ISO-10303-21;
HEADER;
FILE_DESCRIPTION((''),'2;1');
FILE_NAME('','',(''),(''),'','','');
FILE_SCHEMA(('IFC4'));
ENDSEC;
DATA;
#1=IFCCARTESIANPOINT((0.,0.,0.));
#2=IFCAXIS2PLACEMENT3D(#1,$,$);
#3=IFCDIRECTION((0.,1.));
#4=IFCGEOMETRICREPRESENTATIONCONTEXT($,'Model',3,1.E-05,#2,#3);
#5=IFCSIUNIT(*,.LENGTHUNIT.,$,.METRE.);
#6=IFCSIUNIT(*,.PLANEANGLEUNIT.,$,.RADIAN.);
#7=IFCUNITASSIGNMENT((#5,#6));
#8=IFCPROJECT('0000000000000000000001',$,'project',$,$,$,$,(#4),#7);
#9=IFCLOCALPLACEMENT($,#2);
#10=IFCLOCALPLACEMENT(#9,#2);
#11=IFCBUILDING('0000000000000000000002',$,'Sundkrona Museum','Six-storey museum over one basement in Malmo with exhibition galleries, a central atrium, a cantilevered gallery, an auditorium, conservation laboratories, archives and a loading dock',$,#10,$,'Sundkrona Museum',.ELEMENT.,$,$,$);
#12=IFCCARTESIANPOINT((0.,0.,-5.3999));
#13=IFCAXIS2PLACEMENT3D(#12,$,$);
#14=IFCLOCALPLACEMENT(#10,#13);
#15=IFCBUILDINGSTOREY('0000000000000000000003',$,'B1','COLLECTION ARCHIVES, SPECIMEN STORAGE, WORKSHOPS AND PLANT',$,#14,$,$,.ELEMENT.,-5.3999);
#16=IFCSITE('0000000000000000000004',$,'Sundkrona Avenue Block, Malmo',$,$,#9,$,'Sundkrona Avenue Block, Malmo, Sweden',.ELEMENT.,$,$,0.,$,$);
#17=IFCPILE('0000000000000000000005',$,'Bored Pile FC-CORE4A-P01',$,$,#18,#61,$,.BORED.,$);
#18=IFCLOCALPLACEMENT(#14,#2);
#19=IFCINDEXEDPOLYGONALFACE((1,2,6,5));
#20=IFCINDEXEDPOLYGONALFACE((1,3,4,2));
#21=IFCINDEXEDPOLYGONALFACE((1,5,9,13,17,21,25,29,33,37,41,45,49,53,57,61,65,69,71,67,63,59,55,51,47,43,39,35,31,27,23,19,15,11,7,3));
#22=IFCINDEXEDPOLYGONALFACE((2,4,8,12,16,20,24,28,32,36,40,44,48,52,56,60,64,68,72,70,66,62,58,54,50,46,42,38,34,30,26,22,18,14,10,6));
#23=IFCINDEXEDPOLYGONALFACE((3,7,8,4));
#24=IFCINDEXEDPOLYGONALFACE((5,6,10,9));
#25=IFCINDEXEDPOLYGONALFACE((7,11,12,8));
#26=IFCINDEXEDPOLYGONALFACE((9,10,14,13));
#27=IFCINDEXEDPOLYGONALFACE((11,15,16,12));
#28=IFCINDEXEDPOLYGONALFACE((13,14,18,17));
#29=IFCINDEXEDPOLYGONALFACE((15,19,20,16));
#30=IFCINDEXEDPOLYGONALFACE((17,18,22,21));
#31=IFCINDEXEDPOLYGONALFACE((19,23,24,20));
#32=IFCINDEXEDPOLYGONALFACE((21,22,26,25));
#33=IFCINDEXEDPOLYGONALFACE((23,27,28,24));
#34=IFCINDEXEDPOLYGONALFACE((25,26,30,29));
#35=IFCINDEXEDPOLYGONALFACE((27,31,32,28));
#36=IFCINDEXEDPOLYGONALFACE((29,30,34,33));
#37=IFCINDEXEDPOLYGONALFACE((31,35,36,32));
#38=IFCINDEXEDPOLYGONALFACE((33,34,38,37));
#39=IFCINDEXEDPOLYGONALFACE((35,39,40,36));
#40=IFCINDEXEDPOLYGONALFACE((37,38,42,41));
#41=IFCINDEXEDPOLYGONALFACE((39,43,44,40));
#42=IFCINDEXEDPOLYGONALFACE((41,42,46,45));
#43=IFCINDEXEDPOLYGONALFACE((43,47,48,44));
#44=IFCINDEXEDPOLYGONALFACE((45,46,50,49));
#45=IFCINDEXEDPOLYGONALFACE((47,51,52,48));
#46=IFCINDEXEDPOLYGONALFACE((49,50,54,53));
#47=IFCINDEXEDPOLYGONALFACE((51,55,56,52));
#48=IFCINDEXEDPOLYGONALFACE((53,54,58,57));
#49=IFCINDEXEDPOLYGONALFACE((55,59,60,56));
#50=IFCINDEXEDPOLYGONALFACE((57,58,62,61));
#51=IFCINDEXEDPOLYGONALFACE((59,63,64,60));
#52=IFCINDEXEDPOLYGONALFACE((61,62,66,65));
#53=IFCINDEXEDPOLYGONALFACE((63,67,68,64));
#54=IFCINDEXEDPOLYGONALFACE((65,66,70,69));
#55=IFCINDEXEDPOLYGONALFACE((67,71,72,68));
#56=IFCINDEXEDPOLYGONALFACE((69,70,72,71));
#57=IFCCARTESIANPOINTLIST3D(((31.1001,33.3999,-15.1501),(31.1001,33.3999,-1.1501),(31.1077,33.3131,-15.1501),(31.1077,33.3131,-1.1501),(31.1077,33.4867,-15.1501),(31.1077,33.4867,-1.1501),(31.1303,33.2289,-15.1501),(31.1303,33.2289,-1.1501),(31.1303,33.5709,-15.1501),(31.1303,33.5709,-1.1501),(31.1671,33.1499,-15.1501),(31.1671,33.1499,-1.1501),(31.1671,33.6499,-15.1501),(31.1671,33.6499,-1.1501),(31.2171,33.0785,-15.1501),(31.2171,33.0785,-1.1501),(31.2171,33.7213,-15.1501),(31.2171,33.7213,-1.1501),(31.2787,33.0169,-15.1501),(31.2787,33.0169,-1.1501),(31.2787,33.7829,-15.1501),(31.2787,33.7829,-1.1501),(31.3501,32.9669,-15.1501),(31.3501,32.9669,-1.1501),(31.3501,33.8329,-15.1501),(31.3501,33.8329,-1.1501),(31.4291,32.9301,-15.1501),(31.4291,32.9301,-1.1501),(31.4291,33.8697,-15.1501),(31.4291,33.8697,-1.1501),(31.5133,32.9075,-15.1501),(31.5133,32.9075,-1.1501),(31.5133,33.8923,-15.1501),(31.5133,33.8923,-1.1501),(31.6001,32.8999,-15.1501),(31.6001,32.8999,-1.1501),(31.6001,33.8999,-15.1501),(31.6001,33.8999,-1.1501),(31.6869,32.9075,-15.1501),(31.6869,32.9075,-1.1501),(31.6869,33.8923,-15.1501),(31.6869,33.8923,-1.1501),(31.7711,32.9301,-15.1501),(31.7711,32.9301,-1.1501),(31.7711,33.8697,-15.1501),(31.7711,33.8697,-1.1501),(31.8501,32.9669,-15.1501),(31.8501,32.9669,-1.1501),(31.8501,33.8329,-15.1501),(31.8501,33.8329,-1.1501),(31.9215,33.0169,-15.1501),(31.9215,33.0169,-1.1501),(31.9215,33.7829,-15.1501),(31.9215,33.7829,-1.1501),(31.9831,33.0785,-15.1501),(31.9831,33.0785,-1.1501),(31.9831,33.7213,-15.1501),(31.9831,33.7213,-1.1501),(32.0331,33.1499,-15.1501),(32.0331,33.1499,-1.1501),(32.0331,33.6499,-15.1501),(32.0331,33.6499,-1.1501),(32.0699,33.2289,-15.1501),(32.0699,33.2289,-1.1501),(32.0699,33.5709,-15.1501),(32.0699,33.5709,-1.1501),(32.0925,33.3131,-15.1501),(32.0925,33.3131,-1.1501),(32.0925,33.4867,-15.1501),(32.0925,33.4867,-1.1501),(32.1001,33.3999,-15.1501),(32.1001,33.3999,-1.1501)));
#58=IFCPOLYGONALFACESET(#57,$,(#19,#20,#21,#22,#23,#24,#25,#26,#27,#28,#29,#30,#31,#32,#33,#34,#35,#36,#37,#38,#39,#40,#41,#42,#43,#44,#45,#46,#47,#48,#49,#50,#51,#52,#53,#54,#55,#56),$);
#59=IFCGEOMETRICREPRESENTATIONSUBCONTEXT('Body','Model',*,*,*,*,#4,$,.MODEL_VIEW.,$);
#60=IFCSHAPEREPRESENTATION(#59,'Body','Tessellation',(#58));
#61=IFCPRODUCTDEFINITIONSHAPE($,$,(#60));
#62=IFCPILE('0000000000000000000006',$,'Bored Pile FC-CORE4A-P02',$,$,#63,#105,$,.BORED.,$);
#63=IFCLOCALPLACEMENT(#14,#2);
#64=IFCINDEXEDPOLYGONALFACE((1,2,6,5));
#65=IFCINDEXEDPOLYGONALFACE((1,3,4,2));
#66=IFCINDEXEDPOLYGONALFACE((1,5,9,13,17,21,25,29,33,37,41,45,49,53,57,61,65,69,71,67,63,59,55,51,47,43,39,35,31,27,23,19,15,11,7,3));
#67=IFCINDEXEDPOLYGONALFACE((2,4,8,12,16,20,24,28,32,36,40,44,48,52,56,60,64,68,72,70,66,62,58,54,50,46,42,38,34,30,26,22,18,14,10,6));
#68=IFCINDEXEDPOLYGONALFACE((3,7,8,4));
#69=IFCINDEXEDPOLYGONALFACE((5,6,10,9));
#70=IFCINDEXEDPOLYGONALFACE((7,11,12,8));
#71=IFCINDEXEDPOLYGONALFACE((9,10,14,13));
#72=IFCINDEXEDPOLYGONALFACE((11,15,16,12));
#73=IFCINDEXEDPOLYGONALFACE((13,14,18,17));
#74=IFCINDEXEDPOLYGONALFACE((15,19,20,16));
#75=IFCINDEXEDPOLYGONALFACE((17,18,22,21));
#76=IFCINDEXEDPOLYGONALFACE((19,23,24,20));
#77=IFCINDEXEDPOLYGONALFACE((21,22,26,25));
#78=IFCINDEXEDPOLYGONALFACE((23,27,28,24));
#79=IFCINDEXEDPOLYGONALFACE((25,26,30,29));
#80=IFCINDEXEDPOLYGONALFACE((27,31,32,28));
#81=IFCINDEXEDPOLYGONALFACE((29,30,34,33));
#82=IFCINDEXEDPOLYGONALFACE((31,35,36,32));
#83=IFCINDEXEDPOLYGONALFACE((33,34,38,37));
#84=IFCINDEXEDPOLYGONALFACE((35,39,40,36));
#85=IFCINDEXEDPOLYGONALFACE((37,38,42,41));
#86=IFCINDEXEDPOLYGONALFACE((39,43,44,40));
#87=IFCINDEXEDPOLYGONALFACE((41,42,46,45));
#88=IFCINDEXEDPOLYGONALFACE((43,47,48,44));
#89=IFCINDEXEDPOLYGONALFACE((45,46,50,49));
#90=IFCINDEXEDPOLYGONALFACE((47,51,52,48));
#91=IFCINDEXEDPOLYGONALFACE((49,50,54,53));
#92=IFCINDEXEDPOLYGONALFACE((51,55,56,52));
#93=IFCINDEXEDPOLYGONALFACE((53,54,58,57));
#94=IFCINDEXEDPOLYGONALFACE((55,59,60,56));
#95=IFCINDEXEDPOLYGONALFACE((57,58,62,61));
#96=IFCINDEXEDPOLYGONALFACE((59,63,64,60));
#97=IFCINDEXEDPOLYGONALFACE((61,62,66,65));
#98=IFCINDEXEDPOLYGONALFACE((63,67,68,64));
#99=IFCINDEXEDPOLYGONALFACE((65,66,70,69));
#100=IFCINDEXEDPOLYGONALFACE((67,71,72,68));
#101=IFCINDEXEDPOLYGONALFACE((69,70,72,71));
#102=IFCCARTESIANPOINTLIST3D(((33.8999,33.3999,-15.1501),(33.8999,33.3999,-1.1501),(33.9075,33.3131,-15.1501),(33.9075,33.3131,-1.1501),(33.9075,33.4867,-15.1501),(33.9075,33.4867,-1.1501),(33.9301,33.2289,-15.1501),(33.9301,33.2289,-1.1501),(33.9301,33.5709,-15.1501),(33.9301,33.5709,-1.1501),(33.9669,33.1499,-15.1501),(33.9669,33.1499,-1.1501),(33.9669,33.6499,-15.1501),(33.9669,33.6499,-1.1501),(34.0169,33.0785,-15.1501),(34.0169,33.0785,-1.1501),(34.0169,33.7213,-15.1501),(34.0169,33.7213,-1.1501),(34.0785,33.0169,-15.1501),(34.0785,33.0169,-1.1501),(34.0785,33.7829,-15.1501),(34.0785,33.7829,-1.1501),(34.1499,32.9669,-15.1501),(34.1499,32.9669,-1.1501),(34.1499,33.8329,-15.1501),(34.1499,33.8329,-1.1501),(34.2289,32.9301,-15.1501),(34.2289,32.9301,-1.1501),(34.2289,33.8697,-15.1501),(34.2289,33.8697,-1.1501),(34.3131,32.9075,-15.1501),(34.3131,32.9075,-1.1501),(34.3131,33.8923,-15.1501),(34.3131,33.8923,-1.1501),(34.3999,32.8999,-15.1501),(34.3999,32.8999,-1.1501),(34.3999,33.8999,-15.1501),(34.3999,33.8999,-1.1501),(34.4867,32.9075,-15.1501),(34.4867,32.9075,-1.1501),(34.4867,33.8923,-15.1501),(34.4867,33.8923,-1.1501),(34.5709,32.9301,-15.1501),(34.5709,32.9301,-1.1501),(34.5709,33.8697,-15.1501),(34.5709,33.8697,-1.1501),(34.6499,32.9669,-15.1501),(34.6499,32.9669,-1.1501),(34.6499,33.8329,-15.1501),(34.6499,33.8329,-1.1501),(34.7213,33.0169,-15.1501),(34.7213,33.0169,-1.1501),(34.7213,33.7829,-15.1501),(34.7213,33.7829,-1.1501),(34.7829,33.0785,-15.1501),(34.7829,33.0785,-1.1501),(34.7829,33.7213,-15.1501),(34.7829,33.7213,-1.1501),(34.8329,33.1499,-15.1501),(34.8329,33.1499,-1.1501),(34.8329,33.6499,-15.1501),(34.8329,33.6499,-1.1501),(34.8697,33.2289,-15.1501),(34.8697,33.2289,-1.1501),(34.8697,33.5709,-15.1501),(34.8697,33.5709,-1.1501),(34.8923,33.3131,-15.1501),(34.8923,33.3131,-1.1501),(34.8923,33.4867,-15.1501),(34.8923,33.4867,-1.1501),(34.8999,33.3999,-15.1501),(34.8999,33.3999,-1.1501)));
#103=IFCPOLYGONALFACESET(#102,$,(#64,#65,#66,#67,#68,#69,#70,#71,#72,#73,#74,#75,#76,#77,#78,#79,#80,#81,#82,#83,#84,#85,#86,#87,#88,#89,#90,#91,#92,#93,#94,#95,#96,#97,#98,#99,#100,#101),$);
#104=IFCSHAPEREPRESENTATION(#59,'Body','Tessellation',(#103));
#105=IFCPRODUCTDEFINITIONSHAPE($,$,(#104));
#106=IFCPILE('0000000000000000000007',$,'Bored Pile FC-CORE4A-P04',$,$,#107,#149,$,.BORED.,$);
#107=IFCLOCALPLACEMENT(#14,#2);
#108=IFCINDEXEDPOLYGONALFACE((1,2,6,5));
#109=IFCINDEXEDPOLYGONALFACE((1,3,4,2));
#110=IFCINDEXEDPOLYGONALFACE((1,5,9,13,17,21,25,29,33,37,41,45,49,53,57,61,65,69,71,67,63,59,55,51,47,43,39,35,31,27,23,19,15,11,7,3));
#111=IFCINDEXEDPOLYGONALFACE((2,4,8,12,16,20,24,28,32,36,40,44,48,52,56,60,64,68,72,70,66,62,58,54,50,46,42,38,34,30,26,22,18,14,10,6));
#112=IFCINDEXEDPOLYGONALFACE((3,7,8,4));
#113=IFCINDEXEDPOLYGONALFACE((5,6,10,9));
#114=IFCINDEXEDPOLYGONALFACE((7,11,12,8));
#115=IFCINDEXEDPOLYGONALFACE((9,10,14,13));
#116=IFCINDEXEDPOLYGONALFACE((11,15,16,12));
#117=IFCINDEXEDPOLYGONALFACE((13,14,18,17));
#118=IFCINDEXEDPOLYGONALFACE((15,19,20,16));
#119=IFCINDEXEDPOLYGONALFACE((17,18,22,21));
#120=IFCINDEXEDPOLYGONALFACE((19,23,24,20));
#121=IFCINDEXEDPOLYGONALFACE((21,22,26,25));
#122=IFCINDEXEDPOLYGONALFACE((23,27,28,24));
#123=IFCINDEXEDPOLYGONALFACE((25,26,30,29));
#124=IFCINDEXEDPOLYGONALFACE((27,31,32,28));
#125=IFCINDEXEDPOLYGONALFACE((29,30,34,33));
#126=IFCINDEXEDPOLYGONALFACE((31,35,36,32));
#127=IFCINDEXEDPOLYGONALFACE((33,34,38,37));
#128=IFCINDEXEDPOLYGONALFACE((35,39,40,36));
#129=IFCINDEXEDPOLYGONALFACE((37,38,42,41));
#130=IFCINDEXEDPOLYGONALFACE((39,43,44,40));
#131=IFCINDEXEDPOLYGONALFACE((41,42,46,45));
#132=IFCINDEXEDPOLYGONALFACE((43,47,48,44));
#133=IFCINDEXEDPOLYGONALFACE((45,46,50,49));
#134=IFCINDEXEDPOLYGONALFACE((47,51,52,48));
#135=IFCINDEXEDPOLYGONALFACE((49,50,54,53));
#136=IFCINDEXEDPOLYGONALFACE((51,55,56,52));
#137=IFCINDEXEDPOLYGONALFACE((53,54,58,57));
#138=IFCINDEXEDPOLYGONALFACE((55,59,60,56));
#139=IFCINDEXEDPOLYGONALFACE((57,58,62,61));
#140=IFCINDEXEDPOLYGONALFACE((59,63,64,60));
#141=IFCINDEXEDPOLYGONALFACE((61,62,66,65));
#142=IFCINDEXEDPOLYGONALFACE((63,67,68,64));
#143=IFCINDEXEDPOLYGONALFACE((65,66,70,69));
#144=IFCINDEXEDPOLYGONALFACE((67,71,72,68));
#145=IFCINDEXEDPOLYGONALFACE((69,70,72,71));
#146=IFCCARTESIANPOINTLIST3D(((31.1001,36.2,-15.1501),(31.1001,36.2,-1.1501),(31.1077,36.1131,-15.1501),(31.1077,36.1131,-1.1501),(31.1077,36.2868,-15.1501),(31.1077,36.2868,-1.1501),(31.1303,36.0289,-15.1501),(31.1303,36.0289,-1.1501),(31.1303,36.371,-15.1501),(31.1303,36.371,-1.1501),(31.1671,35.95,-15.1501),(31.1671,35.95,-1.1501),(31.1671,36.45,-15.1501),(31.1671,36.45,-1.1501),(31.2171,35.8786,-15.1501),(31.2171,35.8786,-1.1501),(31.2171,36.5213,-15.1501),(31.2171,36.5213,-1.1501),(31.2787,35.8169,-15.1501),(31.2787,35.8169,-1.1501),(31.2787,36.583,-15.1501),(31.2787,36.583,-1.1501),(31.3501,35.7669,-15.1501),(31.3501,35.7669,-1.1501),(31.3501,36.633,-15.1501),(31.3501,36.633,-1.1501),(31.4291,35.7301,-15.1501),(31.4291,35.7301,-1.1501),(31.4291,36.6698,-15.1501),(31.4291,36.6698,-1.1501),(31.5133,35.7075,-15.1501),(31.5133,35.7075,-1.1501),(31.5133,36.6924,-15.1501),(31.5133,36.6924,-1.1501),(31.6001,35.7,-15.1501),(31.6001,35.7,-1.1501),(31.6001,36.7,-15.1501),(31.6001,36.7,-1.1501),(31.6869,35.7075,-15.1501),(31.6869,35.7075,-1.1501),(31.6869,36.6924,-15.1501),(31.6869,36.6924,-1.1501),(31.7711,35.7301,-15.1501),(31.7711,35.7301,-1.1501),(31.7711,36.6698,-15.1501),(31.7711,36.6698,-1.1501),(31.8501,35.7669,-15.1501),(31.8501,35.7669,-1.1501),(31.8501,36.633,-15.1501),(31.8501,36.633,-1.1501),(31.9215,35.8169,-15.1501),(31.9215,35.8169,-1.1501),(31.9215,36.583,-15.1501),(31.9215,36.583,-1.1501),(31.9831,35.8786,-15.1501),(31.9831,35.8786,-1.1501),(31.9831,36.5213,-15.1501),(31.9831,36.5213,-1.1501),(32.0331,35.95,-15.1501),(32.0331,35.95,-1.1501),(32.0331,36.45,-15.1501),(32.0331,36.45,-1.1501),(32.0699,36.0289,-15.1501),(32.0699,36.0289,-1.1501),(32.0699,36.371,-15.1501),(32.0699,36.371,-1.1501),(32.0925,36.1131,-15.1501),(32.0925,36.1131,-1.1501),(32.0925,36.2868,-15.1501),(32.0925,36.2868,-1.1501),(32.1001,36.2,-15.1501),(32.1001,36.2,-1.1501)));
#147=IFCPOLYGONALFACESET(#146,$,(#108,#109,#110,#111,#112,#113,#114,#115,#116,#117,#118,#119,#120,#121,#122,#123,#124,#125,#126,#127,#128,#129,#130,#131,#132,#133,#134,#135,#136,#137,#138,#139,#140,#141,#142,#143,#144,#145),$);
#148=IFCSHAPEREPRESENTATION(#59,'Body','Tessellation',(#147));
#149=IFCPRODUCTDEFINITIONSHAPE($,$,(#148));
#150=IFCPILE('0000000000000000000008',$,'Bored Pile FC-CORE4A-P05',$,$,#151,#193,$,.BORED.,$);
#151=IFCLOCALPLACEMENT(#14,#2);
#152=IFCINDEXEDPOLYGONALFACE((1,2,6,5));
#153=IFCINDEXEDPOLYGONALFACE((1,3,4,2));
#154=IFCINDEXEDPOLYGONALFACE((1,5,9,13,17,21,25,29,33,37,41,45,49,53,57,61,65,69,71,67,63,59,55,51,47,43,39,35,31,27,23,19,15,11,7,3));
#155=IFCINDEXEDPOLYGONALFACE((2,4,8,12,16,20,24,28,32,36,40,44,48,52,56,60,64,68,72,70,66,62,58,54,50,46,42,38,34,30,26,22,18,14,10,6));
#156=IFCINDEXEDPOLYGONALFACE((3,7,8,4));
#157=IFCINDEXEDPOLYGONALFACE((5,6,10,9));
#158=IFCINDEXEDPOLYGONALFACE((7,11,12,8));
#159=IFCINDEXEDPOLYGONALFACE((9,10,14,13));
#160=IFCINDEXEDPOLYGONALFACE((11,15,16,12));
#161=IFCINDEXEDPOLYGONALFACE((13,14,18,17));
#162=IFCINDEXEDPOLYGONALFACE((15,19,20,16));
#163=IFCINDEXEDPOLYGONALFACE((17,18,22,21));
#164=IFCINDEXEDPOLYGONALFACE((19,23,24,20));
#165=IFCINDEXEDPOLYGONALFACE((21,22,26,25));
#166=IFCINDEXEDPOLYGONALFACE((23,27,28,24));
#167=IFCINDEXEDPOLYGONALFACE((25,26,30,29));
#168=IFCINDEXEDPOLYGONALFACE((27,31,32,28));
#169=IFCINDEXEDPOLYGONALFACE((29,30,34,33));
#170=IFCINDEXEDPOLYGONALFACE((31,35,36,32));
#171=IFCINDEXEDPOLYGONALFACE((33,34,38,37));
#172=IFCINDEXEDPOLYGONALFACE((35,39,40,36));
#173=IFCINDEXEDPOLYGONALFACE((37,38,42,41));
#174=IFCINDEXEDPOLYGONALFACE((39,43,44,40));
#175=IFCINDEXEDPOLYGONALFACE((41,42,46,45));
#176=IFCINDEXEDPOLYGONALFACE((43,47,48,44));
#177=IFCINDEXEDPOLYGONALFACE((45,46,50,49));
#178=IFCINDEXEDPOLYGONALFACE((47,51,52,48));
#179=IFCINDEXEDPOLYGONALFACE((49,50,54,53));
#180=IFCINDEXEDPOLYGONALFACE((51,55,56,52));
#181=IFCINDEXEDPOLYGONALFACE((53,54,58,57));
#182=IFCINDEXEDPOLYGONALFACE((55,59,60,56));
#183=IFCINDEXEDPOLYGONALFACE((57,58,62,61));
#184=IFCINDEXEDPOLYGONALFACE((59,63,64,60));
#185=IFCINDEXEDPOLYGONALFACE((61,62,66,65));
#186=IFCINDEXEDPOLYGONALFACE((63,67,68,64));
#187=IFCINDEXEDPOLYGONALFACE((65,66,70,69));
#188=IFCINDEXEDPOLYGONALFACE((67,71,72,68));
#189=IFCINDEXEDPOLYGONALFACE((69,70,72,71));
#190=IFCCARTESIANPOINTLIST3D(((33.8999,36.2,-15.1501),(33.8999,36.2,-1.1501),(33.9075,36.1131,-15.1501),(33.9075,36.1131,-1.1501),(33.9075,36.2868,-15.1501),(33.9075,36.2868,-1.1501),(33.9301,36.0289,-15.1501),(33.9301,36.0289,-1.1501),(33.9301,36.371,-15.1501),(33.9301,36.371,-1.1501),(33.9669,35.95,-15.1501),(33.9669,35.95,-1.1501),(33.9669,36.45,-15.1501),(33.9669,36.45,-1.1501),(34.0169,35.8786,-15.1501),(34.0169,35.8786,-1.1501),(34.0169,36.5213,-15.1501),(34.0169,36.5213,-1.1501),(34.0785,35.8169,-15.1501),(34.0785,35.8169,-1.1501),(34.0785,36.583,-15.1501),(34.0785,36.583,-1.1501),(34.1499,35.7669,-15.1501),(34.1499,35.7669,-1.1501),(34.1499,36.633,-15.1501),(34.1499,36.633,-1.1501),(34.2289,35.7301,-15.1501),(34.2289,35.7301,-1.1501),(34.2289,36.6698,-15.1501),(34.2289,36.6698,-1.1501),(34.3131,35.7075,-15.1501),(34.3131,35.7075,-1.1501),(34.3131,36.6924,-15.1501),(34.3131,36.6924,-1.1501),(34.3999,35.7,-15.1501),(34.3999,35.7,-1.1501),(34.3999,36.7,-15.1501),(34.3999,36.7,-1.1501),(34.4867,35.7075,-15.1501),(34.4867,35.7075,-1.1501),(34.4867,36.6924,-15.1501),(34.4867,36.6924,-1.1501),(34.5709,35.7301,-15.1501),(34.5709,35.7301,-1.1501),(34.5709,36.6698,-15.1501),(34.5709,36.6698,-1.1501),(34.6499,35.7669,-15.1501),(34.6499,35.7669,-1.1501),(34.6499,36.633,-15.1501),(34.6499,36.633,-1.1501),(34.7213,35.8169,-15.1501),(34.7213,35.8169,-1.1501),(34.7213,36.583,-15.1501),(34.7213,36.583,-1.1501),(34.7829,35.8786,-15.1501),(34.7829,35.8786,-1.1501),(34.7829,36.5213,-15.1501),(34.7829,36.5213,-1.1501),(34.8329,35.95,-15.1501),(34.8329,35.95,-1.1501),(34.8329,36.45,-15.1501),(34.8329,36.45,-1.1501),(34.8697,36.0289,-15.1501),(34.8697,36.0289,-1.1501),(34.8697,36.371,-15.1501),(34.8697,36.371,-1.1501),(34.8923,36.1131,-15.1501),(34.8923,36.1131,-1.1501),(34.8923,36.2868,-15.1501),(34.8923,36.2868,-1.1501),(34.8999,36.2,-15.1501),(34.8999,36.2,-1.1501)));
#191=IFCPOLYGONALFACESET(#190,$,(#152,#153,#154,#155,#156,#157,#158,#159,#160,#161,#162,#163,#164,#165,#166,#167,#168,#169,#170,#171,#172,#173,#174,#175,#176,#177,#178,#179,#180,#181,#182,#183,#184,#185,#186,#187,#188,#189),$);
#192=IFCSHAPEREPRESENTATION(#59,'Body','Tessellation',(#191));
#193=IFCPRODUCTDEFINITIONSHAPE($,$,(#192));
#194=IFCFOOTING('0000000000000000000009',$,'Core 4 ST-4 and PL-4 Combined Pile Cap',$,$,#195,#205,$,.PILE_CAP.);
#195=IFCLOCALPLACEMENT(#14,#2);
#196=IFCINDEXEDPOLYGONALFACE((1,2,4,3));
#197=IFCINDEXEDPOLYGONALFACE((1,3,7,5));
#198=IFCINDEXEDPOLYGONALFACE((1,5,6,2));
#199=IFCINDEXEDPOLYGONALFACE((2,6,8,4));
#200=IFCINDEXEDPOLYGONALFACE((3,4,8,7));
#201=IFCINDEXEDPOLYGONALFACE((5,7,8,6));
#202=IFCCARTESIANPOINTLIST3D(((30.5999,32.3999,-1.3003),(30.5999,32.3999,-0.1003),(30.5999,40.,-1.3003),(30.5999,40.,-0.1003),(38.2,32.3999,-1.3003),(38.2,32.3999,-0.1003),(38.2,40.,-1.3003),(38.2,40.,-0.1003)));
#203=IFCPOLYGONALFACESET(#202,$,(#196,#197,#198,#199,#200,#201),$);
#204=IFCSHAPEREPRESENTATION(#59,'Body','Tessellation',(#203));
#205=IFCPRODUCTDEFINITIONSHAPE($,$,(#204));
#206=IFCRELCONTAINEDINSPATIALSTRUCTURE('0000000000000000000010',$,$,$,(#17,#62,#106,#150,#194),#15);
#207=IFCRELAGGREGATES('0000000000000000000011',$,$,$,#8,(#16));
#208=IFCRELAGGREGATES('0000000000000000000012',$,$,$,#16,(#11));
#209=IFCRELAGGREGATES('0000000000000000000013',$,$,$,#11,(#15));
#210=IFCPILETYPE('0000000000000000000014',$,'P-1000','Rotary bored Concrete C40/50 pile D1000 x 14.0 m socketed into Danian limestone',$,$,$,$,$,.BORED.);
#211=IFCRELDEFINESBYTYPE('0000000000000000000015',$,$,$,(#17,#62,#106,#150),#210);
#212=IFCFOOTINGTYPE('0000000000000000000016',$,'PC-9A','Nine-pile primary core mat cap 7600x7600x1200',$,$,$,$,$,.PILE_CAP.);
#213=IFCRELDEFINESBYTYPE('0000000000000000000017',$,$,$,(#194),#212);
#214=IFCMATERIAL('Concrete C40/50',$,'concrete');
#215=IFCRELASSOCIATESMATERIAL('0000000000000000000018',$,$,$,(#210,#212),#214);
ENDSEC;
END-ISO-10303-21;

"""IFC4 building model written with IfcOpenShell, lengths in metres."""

from ifc_helpers import new_model, si_unit, direction, frame, origin, origin_2d, place, context, subcontext, project, spatial, rectangle, circle, extrude, material, material_profile, profile_set, type_object, element, save


model = new_model("IFC4")

# Units and contexts
model_context = context("Model", 3, precision=1e-05, world=origin(), true_north=direction((0.0, 1.0)))
body_context = subcontext(model_context, "Body", "Model", "MODEL_VIEW")
ifc_project = project(units=[si_unit("LENGTHUNIT", "METRE"), si_unit("PLANEANGLEUNIT", "RADIAN")], contexts=[model_context])

# Site, building, storey
site_placement = place(None, origin())
site = spatial("IfcSite", under=ifc_project, at=site_placement, Name="Sundkrona Avenue Block, Malmo", LongName="Sundkrona Avenue Block, Malmo, Sweden", CompositionType="ELEMENT", RefElevation=0.0)
building_placement = place(site_placement, origin())
building = spatial("IfcBuilding", under=site, at=building_placement, Name="Sundkrona Museum", Description="Six-storey museum over one basement in Malmo with exhibition galleries, a central atrium, a cantilevered gallery, an auditorium, conservation laboratories, archives and a loading dock", LongName="Sundkrona Museum", CompositionType="ELEMENT")
storey_placement = place(building_placement, frame((0.0, 0.0, -5.3999)))
storey = spatial("IfcBuildingStorey", under=building, at=storey_placement, Name="B1", Description="COLLECTION ARCHIVES, SPECIMEN STORAGE, WORKSHOPS AND PLANT", CompositionType="ELEMENT", Elevation=-5.3999)

# Piles
ifc_material_1 = material(Name="Concrete C40/50", Category="concrete")
ifc_material_profile_1 = material_profile(ifc_material_1, circle(Radius=0.5, at=origin_2d()), Name="PILE D1000")
ifc_profile_set_1 = profile_set([ifc_material_profile_1], Name="Concrete C40/50")
pile_type = type_object("IfcPileType", Name="P-1000", Description="Rotary bored Concrete C40/50 pile D1000 x 14.0 m socketed into Danian limestone", PredefinedType="BORED", material=ifc_profile_set_1)
for number, where, z_axis, x_axis, name in (
    (1, (31.6001, 33.3999, -1.1501), (0.0, 0.0, -1.0), (1.0, 0.0, 0.0), "Bored Pile FC-CORE4A-P01"),
    (2, (34.3999, 33.3999, -1.1501), (0.0, 0.0, -1.0), (1.0, 0.0, 0.0), "Bored Pile FC-CORE4A-P02"),
    (3, (31.6001, 36.2, -1.1501), (0.0, 0.0, -1.0), (1.0, 0.0, 0.0), "Bored Pile FC-CORE4A-P04"),
    (4, (34.3999, 36.2, -1.1501), (0.0, 0.0, -1.0), (1.0, 0.0, 0.0), "Bored Pile FC-CORE4A-P05"),
):
    element("IfcPile", number, at=place(storey_placement, frame(where, z_axis=z_axis, x_axis=x_axis)), inside=storey, type_object=pile_type, Name=name, PredefinedType="BORED", context=body_context, shape_type="SweptSolid", body=[
        extrude(circle(Radius=0.5, at=origin_2d()), origin(), (0.0, 0.0, 1.0), 14.0),
    ])

# Footing
footing_type = type_object("IfcFootingType", Name="PC-9A", Description="Nine-pile primary core mat cap 7600x7600x1200", PredefinedType="PILE_CAP", material=ifc_material_1)
footing_placement = place(storey_placement, frame((34.3999, 36.2, -1.3003), z_axis=(0.0, 0.0, 1.0), x_axis=(1.0, 0.0, 0.0)))
element("IfcFooting", 5, at=footing_placement, inside=storey, type_object=footing_type, Name="Core 4 ST-4 and PL-4 Combined Pile Cap", PredefinedType="PILE_CAP", context=body_context, shape_type="SweptSolid", body=[
    extrude(rectangle(XDim=7.6001, YDim=7.6001, at=origin_2d()), origin(), (0.0, 0.0, 1.0), 1.2),
])

save(model, "model.ifc")
